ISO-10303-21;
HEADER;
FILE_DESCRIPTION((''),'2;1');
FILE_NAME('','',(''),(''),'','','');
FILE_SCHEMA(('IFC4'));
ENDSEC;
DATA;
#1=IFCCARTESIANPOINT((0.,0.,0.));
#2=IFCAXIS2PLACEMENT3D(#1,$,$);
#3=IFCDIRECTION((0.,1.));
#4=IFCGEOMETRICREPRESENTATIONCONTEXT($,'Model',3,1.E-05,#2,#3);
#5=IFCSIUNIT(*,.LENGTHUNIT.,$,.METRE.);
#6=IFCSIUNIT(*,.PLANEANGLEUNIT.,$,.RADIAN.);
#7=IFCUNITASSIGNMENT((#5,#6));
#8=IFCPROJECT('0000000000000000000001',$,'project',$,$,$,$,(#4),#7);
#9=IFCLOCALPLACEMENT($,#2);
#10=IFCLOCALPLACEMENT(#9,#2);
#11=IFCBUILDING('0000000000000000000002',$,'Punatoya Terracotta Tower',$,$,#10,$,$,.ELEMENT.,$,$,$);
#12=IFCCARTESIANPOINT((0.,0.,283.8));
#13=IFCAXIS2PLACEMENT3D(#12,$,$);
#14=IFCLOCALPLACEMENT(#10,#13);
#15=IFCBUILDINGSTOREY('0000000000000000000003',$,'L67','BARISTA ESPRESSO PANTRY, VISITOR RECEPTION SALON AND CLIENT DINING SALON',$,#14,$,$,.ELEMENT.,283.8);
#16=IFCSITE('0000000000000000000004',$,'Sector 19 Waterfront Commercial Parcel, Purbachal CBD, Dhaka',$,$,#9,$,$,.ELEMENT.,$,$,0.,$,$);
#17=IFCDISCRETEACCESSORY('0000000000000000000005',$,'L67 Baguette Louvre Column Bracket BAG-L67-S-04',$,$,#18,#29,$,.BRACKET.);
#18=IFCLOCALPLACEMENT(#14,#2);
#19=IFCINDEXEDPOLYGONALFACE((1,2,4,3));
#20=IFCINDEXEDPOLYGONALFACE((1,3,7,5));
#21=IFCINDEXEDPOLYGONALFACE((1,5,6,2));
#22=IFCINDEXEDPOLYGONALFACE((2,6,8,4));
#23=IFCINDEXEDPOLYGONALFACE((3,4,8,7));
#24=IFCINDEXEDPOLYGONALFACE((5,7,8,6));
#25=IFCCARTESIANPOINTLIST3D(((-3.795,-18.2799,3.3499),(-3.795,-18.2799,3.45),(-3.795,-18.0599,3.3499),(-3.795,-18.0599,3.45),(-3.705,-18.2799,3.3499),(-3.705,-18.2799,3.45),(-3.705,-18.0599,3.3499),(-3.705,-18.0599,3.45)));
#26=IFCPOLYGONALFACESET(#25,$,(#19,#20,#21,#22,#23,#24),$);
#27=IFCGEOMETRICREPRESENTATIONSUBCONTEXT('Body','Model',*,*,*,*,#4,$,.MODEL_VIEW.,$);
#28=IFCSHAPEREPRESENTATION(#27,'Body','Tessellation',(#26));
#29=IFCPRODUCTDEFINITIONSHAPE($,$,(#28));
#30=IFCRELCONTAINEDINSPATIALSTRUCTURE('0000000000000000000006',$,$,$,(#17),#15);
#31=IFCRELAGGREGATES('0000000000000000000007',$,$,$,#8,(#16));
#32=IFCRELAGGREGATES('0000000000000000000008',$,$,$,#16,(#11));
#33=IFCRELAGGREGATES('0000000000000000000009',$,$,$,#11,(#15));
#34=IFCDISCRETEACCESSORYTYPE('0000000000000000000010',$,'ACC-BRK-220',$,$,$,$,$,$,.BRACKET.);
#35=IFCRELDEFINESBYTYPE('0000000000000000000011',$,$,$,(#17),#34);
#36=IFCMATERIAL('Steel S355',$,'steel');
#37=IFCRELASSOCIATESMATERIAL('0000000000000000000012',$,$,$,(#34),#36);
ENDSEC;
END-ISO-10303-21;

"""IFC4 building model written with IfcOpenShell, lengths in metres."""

from ifc_helpers import new_model, si_unit, direction, frame, origin, origin_2d, place, context, subcontext, project, spatial, rectangle, extrude, material, type_object, element, save


model = new_model("IFC4")

# Units and contexts
model_context = context("Model", 3, precision=1e-05, world=origin(), true_north=direction((0.0, 1.0)))
body_context = subcontext(model_context, "Body", "Model", "MODEL_VIEW")
ifc_project = project(units=[si_unit("LENGTHUNIT", "METRE"), si_unit("PLANEANGLEUNIT", "RADIAN")], contexts=[model_context])

# Site, building, storey
site_placement = place(None, origin())
site = spatial("IfcSite", under=ifc_project, at=site_placement, Name="Sector 19 Waterfront Commercial Parcel, Purbachal CBD, Dhaka", CompositionType="ELEMENT", RefElevation=0.0)
building_placement = place(site_placement, origin())
building = spatial("IfcBuilding", under=site, at=building_placement, Name="Punatoya Terracotta Tower", CompositionType="ELEMENT")
storey_placement = place(building_placement, frame((0.0, 0.0, 283.8)))
storey = spatial("IfcBuildingStorey", under=building, at=storey_placement, Name="L67", Description="BARISTA ESPRESSO PANTRY, VISITOR RECEPTION SALON AND CLIENT DINING SALON", CompositionType="ELEMENT", Elevation=283.8)

# Shared definitions
ifc_material_1 = material(Name="Steel S355", Category="steel")

# Discrete accessory
discrete_accessory_type = type_object("IfcDiscreteAccessoryType", Name="ACC-BRK-220", PredefinedType="BRACKET", material=ifc_material_1)
for number, where, z_axis, x_axis, name in (
    (1, (-3.75, -18.1699, 3.3499), (0.0, 0.0, 1.0), (1.0, 0.0, 0.0), "L67 Baguette Louvre Column Bracket BAG-L67-S-04"),
):
    element("IfcDiscreteAccessory", number, at=place(storey_placement, frame(where, z_axis=z_axis, x_axis=x_axis)), inside=storey, type_object=discrete_accessory_type, Name=name, PredefinedType="BRACKET", context=body_context, shape_type="SweptSolid", body=[
        extrude(rectangle(XDim=0.0901, YDim=0.22, at=origin_2d()), origin(), (0.0, 0.0, 1.0), 0.1001),
    ])

save(model, "model.ifc")
